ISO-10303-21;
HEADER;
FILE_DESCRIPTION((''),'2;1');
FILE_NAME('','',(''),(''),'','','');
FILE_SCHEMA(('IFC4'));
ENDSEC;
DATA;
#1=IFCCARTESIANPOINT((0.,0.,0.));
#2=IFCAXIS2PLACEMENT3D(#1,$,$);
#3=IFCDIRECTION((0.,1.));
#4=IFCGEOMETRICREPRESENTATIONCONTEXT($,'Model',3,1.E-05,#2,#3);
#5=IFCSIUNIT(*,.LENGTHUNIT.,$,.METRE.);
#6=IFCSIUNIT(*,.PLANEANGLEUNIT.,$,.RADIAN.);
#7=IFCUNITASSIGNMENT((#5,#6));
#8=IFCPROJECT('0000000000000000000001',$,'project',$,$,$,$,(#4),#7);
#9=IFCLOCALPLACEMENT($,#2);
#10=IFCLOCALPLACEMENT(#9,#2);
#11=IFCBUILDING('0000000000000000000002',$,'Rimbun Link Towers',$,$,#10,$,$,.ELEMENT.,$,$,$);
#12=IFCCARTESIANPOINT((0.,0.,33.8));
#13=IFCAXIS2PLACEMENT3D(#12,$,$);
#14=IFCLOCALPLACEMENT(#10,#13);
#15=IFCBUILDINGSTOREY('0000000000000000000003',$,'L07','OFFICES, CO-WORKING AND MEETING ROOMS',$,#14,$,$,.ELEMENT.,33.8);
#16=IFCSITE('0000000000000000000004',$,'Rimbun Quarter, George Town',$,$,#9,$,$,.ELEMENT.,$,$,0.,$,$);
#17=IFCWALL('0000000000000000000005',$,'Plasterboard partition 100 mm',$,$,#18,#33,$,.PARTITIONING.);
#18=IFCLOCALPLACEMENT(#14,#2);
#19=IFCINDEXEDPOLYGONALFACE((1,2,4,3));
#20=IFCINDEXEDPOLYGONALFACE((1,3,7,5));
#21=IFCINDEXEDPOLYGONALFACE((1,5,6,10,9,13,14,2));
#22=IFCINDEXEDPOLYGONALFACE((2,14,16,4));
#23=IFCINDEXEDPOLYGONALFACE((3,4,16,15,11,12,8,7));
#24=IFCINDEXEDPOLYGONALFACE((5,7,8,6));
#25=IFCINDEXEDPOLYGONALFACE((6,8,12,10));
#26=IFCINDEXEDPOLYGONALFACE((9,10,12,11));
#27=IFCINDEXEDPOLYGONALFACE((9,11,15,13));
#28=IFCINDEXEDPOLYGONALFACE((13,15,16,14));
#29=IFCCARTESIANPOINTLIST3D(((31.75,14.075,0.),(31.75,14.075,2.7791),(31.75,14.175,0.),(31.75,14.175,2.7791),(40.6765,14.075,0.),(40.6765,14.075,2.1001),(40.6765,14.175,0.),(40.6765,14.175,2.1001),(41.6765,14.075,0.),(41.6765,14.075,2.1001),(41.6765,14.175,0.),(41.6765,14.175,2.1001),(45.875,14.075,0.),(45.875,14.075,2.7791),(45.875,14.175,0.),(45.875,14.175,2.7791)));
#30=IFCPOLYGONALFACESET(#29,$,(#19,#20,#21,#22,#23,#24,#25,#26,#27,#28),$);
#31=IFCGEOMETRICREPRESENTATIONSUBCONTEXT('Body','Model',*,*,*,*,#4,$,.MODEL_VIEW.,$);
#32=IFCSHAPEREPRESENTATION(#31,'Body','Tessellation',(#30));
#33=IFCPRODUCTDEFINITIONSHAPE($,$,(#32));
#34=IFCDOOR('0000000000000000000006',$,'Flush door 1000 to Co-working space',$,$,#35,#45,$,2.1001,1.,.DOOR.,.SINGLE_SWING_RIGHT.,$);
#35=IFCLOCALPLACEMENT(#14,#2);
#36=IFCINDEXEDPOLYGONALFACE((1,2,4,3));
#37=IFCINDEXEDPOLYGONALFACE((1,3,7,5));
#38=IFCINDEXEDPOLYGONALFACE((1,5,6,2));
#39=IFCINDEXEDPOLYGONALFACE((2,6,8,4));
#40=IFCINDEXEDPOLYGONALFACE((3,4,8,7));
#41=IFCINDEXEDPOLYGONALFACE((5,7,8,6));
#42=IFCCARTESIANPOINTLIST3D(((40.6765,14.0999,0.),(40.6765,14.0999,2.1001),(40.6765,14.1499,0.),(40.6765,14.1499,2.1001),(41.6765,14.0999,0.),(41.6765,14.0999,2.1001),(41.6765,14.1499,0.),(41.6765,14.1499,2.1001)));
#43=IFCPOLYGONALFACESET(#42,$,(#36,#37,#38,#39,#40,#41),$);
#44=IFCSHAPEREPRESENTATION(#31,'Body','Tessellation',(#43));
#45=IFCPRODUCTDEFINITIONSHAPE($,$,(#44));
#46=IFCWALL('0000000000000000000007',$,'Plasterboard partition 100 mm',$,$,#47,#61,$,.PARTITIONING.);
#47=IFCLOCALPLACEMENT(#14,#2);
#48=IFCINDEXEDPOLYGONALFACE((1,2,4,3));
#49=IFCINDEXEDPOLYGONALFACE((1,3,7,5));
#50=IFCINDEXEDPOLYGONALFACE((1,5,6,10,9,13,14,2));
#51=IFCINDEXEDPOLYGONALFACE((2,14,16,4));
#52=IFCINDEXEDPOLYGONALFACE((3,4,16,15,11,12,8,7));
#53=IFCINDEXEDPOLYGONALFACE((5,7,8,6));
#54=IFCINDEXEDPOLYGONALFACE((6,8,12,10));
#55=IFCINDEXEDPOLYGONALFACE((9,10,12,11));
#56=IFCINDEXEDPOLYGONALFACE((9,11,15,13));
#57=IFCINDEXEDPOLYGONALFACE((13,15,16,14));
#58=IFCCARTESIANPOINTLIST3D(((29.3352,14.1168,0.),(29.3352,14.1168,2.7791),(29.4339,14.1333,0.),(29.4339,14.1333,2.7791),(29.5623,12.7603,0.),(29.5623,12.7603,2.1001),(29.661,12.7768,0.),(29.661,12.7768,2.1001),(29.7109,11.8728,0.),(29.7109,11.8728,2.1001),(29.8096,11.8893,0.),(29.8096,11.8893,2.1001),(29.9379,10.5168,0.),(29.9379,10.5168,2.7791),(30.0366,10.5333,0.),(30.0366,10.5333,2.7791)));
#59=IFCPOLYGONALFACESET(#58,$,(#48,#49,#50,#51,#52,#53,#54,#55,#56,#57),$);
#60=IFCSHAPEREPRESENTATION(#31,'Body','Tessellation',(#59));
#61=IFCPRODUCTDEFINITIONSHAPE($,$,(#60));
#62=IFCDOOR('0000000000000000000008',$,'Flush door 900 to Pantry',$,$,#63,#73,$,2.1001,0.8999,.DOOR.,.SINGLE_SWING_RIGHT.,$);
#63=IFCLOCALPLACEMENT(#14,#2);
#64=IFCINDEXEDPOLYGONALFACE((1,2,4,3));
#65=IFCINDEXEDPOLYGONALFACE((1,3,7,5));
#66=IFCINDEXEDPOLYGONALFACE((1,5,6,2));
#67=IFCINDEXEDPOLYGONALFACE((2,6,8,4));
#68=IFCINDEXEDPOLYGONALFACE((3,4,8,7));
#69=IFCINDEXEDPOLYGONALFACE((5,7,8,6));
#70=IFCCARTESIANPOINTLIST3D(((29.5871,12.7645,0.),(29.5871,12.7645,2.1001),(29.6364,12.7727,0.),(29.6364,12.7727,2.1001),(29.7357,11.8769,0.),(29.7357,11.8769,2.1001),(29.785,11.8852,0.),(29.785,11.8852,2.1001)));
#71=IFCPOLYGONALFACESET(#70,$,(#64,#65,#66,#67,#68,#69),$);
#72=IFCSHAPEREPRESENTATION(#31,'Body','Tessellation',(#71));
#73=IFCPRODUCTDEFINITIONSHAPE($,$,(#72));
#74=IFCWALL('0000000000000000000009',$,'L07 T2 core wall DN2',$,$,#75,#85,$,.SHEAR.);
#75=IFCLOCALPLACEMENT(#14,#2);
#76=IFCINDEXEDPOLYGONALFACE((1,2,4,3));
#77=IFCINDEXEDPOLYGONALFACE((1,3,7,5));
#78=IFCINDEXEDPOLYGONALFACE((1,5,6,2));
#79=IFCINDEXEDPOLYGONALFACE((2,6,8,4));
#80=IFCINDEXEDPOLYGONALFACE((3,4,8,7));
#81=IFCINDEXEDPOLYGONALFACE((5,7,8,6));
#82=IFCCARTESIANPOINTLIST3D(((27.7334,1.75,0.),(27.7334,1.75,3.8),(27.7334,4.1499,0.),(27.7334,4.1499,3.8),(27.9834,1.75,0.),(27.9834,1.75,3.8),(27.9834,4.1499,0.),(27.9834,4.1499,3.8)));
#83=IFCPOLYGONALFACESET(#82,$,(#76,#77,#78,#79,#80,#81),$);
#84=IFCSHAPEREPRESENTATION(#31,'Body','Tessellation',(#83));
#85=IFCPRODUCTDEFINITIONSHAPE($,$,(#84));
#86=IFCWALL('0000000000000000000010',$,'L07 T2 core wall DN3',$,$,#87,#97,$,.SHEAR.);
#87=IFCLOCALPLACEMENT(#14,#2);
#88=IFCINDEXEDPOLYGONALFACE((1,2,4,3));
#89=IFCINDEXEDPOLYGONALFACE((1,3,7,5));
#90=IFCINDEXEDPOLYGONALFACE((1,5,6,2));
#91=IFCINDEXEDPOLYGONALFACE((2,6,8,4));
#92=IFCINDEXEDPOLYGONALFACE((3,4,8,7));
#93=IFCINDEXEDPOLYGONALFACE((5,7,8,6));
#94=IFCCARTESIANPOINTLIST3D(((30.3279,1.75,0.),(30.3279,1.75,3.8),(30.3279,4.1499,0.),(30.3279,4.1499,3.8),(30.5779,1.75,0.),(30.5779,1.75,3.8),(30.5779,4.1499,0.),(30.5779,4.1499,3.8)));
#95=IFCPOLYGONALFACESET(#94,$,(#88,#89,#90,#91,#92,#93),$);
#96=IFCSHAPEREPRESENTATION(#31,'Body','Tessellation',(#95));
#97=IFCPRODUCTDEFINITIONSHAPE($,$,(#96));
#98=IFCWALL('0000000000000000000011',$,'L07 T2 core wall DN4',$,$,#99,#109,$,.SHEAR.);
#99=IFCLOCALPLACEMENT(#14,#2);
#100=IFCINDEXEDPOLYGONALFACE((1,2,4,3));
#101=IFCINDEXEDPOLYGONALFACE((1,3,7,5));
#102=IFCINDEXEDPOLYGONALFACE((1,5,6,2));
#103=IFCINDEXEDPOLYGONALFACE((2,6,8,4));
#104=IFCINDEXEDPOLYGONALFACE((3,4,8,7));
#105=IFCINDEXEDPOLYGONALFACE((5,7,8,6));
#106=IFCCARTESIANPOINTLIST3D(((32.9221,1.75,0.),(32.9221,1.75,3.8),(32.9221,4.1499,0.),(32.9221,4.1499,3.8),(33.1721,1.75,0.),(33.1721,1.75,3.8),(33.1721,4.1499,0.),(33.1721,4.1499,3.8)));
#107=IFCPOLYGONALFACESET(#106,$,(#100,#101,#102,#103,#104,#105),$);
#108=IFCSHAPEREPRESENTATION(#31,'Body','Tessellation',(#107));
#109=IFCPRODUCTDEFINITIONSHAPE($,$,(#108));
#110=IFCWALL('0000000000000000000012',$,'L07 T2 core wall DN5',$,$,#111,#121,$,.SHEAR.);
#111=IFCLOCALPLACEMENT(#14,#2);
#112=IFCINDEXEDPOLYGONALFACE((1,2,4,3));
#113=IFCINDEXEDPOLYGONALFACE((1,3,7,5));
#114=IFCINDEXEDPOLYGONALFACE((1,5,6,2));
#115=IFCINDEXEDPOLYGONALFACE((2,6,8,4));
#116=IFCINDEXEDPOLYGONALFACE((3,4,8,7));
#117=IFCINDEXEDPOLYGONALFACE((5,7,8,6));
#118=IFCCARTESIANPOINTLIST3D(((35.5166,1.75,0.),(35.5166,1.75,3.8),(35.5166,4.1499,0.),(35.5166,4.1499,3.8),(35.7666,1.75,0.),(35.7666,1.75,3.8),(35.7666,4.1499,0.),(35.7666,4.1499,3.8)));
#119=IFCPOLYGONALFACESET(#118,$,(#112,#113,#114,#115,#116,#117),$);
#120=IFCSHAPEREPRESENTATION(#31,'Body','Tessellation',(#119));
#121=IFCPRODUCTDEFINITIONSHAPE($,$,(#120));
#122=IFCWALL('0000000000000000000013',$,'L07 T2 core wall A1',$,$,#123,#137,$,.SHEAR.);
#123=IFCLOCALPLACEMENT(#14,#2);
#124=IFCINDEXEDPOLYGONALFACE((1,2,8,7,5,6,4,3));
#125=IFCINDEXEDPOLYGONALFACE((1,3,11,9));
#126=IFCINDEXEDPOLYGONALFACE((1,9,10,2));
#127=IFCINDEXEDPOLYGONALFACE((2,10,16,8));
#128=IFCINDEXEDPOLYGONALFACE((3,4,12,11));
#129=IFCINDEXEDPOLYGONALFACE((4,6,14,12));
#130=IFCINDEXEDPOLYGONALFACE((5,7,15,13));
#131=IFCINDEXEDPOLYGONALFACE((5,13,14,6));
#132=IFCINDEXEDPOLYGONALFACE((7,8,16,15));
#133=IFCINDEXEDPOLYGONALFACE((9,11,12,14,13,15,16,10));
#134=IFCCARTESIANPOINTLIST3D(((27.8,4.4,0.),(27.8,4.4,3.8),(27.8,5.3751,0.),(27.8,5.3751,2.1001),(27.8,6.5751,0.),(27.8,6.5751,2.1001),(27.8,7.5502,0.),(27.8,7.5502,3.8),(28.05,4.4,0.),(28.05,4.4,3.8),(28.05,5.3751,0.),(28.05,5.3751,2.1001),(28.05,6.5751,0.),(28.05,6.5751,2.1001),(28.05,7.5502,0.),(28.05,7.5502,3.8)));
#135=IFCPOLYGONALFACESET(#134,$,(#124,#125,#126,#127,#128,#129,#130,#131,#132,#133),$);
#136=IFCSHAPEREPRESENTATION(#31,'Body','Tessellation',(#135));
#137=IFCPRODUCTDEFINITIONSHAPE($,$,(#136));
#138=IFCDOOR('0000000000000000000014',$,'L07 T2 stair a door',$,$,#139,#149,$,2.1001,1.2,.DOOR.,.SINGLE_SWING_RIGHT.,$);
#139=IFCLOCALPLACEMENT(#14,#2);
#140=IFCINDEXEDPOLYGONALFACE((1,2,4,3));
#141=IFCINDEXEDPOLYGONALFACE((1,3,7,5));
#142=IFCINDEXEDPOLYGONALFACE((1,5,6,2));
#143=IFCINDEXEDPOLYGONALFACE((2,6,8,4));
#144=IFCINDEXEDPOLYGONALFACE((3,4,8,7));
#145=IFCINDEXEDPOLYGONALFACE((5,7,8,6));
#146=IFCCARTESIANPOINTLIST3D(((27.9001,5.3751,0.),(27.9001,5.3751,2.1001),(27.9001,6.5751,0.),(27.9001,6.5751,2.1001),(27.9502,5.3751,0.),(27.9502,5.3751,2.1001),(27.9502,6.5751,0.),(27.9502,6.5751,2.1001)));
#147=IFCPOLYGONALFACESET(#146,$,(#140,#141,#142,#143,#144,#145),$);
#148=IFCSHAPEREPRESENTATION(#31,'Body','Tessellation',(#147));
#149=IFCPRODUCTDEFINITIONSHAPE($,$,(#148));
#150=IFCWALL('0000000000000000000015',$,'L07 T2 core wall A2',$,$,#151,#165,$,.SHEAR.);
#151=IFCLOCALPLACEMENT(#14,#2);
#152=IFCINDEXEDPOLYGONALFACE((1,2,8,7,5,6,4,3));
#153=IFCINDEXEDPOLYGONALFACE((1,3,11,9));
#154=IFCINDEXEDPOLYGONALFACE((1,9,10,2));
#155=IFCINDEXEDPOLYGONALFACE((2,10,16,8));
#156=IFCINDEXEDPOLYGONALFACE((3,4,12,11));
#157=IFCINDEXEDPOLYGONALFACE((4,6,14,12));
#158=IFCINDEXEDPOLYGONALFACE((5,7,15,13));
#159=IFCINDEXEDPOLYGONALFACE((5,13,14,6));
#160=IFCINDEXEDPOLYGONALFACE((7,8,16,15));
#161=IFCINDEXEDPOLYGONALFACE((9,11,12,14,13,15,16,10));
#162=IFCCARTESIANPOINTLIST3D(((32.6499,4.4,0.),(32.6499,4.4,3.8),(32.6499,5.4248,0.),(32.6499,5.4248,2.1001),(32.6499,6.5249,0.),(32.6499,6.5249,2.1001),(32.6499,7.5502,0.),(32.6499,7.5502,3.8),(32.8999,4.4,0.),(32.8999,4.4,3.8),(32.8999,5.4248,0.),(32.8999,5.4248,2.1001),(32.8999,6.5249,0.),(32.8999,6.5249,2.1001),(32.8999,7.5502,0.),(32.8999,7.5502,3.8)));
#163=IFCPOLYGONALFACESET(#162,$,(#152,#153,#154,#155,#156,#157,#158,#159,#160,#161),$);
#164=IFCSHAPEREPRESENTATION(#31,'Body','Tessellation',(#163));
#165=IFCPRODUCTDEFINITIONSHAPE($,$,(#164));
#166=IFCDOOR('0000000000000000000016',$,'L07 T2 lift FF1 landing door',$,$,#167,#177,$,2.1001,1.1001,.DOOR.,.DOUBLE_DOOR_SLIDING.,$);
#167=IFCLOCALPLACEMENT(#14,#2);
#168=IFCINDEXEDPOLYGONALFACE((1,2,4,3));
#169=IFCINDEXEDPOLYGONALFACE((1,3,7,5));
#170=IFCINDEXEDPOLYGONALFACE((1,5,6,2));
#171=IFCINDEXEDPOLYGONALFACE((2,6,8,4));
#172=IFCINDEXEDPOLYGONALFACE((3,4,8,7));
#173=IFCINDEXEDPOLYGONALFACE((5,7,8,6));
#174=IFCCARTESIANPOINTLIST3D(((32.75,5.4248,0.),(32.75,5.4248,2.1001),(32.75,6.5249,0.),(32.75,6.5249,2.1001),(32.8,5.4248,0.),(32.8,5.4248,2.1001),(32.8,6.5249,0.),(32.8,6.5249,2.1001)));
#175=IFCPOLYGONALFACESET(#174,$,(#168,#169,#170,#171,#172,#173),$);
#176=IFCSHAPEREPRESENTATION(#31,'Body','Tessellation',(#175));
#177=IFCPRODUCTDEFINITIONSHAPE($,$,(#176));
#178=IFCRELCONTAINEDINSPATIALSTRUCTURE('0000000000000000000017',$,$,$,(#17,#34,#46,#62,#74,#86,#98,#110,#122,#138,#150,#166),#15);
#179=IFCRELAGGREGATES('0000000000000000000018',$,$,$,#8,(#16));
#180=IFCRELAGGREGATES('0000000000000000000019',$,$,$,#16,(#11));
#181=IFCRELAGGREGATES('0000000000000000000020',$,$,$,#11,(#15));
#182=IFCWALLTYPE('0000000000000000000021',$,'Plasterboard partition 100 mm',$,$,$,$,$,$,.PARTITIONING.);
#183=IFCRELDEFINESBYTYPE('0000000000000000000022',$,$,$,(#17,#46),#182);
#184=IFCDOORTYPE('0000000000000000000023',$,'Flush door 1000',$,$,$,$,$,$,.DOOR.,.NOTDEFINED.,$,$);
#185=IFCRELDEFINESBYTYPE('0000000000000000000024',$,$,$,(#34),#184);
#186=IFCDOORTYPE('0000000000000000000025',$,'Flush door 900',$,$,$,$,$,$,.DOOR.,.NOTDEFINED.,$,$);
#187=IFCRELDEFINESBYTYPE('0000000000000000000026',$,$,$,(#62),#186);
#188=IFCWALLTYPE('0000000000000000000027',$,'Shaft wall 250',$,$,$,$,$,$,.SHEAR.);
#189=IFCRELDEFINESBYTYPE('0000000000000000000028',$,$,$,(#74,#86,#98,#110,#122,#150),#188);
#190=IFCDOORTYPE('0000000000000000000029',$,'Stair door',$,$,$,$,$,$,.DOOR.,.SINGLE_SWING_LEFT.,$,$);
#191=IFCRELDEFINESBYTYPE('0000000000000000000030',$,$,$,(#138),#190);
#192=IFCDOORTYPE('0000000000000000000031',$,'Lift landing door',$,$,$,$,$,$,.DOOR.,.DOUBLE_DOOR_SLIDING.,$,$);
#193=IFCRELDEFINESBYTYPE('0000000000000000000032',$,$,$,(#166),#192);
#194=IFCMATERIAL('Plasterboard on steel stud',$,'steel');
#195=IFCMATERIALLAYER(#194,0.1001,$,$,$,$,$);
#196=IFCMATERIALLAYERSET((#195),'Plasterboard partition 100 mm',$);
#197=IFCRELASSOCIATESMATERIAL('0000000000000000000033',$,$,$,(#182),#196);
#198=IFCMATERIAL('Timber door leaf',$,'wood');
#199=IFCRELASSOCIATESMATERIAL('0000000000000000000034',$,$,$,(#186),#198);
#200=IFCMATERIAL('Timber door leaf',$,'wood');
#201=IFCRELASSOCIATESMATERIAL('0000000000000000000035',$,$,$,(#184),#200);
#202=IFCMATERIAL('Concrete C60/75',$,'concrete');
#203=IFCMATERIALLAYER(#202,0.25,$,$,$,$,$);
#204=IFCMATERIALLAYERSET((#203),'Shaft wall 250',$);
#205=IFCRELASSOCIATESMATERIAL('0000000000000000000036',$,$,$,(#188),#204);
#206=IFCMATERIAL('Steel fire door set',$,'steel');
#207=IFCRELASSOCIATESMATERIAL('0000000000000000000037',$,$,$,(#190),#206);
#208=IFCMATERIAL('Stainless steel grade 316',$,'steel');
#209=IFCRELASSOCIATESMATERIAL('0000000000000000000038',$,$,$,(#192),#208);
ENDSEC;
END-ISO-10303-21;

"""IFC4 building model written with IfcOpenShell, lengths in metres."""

from ifc_helpers import new_model, si_unit, direction, frame, frame_2d, origin, place, context, subcontext, project, spatial, rectangle, extrude, material, layer, layer_set, type_object, element, fill, save


model = new_model("IFC4")

# Units and contexts
model_context = context("Model", 3, precision=1e-05, world=origin(), true_north=direction((0.0, 1.0)))
body_context = subcontext(model_context, "Body", "Model", "MODEL_VIEW")
ifc_project = project(units=[si_unit("LENGTHUNIT", "METRE"), si_unit("PLANEANGLEUNIT", "RADIAN")], contexts=[model_context])

# Site, building, storey
site_placement = place(None, origin())
site = spatial("IfcSite", under=ifc_project, at=site_placement, Name="Rimbun Quarter, George Town", CompositionType="ELEMENT", RefElevation=0.0)
building_placement = place(site_placement, origin())
building = spatial("IfcBuilding", under=site, at=building_placement, Name="Rimbun Link Towers", CompositionType="ELEMENT")
storey_placement = place(building_placement, frame((0.0, 0.0, 33.8)))
storey = spatial("IfcBuildingStorey", under=building, at=storey_placement, Name="L07", Description="OFFICES, CO-WORKING AND MEETING ROOMS", CompositionType="ELEMENT", Elevation=33.8)

# Walls, openings, doors
ifc_material_1 = material(Name="Plasterboard on steel stud", Category="steel")
ifc_layer_1 = layer(ifc_material_1, 0.1001)
ifc_layer_set_1 = layer_set([ifc_layer_1], Name="Plasterboard partition 100 mm")
wall_type_1 = type_object("IfcWallType", Name="Plasterboard partition 100 mm", PredefinedType="PARTITIONING", material=ifc_layer_set_1)
ifc_material_2 = material(Name="Timber door leaf", Category="wood")
door_type_1 = type_object("IfcDoorType", Name="Flush door 900", OperationType="NOTDEFINED", PredefinedType="DOOR", material=ifc_material_2)
wall_1_placement = place(storey_placement, frame((31.75, 14.125, 0.0), z_axis=(0.0, 0.0, 1.0), x_axis=(1.0, 0.0, 0.0)))
wall_1 = element("IfcWall", 1, at=wall_1_placement, inside=storey, type_object=wall_type_1, Name="Plasterboard partition 100 mm", PredefinedType="PARTITIONING", context=body_context, shape_type="SweptSolid", body=[
    extrude(rectangle(XDim=14.125, YDim=0.1001, at=frame_2d((7.0625, 0.0))), origin(), (0.0, 0.0, 1.0), 2.7791),
])
opening_1_placement = place(wall_1_placement, frame((8.9265, 0.0, 0.0)))
opening_1 = element("IfcOpeningElement", 2, at=opening_1_placement, cuts=wall_1, PredefinedType="OPENING", context=body_context, shape_type="SweptSolid", body=[
    extrude(rectangle(XDim=1.0, YDim=2.1001, at=frame_2d((0.5, 1.05))), frame((0.0, 0.0601, 0.0), z_axis=(0.0, -1.0, 0.0), x_axis=(1.0, 0.0, 0.0)), (0.0, 0.0, 1.0), 0.1201),
])
ifc_material_3 = material(Name="Timber door leaf", Category="wood")
door_type_2 = type_object("IfcDoorType", Name="Flush door 1000", OperationType="NOTDEFINED", PredefinedType="DOOR", material=ifc_material_3)
door_1_placement = place(opening_1_placement, origin())
door_1 = element("IfcDoor", 3, at=door_1_placement, inside=storey, type_object=door_type_2, Name="Flush door 1000 to Co-working space", OperationType="SINGLE_SWING_RIGHT", OverallHeight=2.1001, OverallWidth=1.0, PredefinedType="DOOR", context=body_context, shape_type="SweptSolid", body=[
    extrude(rectangle(XDim=1.0, YDim=2.1001, at=frame_2d((0.5, 1.05))), frame((0.0, 0.0249, 0.0), z_axis=(0.0, -1.0, 0.0), x_axis=(1.0, 0.0, 0.0)), (0.0, 0.0, 1.0), 0.05),
])
fill(opening_1, door_1)
wall_2_placement = place(storey_placement, frame((29.9873, 10.5249, 0.0), z_axis=(0.0, 0.0, 1.0), x_axis=(-0.165136, 0.986271, 0.0)))
wall_2 = element("IfcWall", 4, at=wall_2_placement, inside=storey, type_object=wall_type_1, Name="Plasterboard partition 100 mm", PredefinedType="PARTITIONING", context=body_context, shape_type="SweptSolid", body=[
    extrude(rectangle(XDim=3.6501, YDim=0.1001, at=frame_2d((1.8252, 0.0))), origin(), (0.0, 0.0, 1.0), 2.7791),
])
opening_2_placement = place(wall_2_placement, frame((1.375, 0.0, 0.0)))
opening_2 = element("IfcOpeningElement", 5, at=opening_2_placement, cuts=wall_2, PredefinedType="OPENING", context=body_context, shape_type="SweptSolid", body=[
    extrude(rectangle(XDim=0.8999, YDim=2.1001, at=frame_2d((0.45, 1.05))), frame((0.0, 0.0601, 0.0), z_axis=(0.0, -1.0, 0.0), x_axis=(1.0, 0.0, 0.0)), (0.0, 0.0, 1.0), 0.1201),
])
door_2_placement = place(opening_2_placement, origin())
door_2 = element("IfcDoor", 6, at=door_2_placement, inside=storey, type_object=door_type_1, Name="Flush door 900 to Pantry", OperationType="SINGLE_SWING_RIGHT", OverallHeight=2.1001, OverallWidth=0.8999, PredefinedType="DOOR", context=body_context, shape_type="SweptSolid", body=[
    extrude(rectangle(XDim=0.8999, YDim=2.1001, at=frame_2d((0.45, 1.05))), frame((0.0, 0.0249, 0.0), z_axis=(0.0, -1.0, 0.0), x_axis=(1.0, 0.0, 0.0)), (0.0, 0.0, 1.0), 0.05),
])
fill(opening_2, door_2)

# Walls
ifc_material_4 = material(Name="Concrete C60/75", Category="concrete")
ifc_layer_2 = layer(ifc_material_4, 0.25)
ifc_layer_set_2 = layer_set([ifc_layer_2], Name="Shaft wall 250")
wall_type_2 = type_object("IfcWallType", Name="Shaft wall 250", PredefinedType="SHEAR", material=ifc_layer_set_2)
for number, where, z_axis, x_axis, name in (
    (7, (27.8584, 1.75, 0.0), (0.0, 0.0, 1.0), (0.0, 1.0, 0.0), "L07 T2 core wall DN2"),
    (8, (30.4529, 1.75, 0.0), (0.0, 0.0, 1.0), (0.0, 1.0, 0.0), "L07 T2 core wall DN3"),
    (9, (33.0471, 1.75, 0.0), (0.0, 0.0, 1.0), (0.0, 1.0, 0.0), "L07 T2 core wall DN4"),
    (10, (35.6416, 1.75, 0.0), (0.0, 0.0, 1.0), (0.0, 1.0, 0.0), "L07 T2 core wall DN5"),
):
    element("IfcWall", number, at=place(storey_placement, frame(where, z_axis=z_axis, x_axis=x_axis)), inside=storey, type_object=wall_type_2, Name=name, PredefinedType="SHEAR", context=body_context, shape_type="SweptSolid", body=[
        extrude(rectangle(XDim=2.3999, YDim=0.25, at=frame_2d((1.2, 0.0))), origin(), (0.0, 0.0, 1.0), 3.8),
    ])

# Walls, openings, doors
wall_3_placement = place(storey_placement, frame((27.925, 4.3999, 0.0), z_axis=(0.0, 0.0, 1.0), x_axis=(0.0, 1.0, 0.0)))
wall_3 = element("IfcWall", 11, at=wall_3_placement, inside=storey, type_object=wall_type_2, Name="L07 T2 core wall A1", PredefinedType="SHEAR", context=body_context, shape_type="SweptSolid", body=[
    extrude(rectangle(XDim=3.1501, YDim=0.25, at=frame_2d((1.5752, 0.0))), origin(), (0.0, 0.0, 1.0), 3.8),
])
opening_3_placement = place(wall_3_placement, frame((0.9751, 0.0, 0.0)))
opening_3 = element("IfcOpeningElement", 12, at=opening_3_placement, cuts=wall_3, PredefinedType="OPENING", context=body_context, shape_type="SweptSolid", body=[
    extrude(rectangle(XDim=1.2, YDim=2.1001, at=frame_2d((0.6001, 1.05))), frame((0.0, 0.135, 0.0), z_axis=(0.0, -1.0, 0.0), x_axis=(1.0, 0.0, 0.0)), (0.0, 0.0, 1.0), 0.27),
])
ifc_material_5 = material(Name="Steel fire door set", Category="steel")
door_type_3 = type_object("IfcDoorType", Name="Stair door", OperationType="SINGLE_SWING_LEFT", PredefinedType="DOOR", material=ifc_material_5)
door_3_placement = place(opening_3_placement, origin())
door_3 = element("IfcDoor", 13, at=door_3_placement, inside=storey, type_object=door_type_3, Name="L07 T2 stair a door", OperationType="SINGLE_SWING_RIGHT", OverallHeight=2.1001, OverallWidth=1.2, PredefinedType="DOOR", context=body_context, shape_type="SweptSolid", body=[
    extrude(rectangle(XDim=1.2, YDim=2.1001, at=frame_2d((0.6001, 1.05))), frame((0.0, 0.0249, 0.0), z_axis=(0.0, -1.0, 0.0), x_axis=(1.0, 0.0, 0.0)), (0.0, 0.0, 1.0), 0.05),
])
fill(opening_3, door_3)
wall_4_placement = place(storey_placement, frame((32.7749, 4.3999, 0.0), z_axis=(0.0, 0.0, 1.0), x_axis=(0.0, 1.0, 0.0)))
wall_4 = element("IfcWall", 14, at=wall_4_placement, inside=storey, type_object=wall_type_2, Name="L07 T2 core wall A2", PredefinedType="SHEAR", context=body_context, shape_type="SweptSolid", body=[
    extrude(rectangle(XDim=3.1501, YDim=0.25, at=frame_2d((1.5752, 0.0))), origin(), (0.0, 0.0, 1.0), 3.8),
])
opening_4_placement = place(wall_4_placement, frame((1.0249, 0.0, 0.0)))
opening_4 = element("IfcOpeningElement", 15, at=opening_4_placement, cuts=wall_4, PredefinedType="OPENING", context=body_context, shape_type="SweptSolid", body=[
    extrude(rectangle(XDim=1.1001, YDim=2.1001, at=frame_2d((0.55, 1.05))), frame((0.0, 0.135, 0.0), z_axis=(0.0, -1.0, 0.0), x_axis=(1.0, 0.0, 0.0)), (0.0, 0.0, 1.0), 0.27),
])
ifc_material_6 = material(Name="Stainless steel grade 316", Category="steel")
door_type_4 = type_object("IfcDoorType", Name="Lift landing door", OperationType="DOUBLE_DOOR_SLIDING", PredefinedType="DOOR", material=ifc_material_6)
door_4_placement = place(opening_4_placement, origin())
door_4 = element("IfcDoor", 16, at=door_4_placement, inside=storey, type_object=door_type_4, Name="L07 T2 lift FF1 landing door", OperationType="DOUBLE_DOOR_SLIDING", OverallHeight=2.1001, OverallWidth=1.1001, PredefinedType="DOOR", context=body_context, shape_type="SweptSolid", body=[
    extrude(rectangle(XDim=1.1001, YDim=2.1001, at=frame_2d((0.55, 1.05))), frame((0.0, 0.0249, 0.0), z_axis=(0.0, -1.0, 0.0), x_axis=(1.0, 0.0, 0.0)), (0.0, 0.0, 1.0), 0.05),
])
fill(opening_4, door_4)

save(model, "model.ifc")
